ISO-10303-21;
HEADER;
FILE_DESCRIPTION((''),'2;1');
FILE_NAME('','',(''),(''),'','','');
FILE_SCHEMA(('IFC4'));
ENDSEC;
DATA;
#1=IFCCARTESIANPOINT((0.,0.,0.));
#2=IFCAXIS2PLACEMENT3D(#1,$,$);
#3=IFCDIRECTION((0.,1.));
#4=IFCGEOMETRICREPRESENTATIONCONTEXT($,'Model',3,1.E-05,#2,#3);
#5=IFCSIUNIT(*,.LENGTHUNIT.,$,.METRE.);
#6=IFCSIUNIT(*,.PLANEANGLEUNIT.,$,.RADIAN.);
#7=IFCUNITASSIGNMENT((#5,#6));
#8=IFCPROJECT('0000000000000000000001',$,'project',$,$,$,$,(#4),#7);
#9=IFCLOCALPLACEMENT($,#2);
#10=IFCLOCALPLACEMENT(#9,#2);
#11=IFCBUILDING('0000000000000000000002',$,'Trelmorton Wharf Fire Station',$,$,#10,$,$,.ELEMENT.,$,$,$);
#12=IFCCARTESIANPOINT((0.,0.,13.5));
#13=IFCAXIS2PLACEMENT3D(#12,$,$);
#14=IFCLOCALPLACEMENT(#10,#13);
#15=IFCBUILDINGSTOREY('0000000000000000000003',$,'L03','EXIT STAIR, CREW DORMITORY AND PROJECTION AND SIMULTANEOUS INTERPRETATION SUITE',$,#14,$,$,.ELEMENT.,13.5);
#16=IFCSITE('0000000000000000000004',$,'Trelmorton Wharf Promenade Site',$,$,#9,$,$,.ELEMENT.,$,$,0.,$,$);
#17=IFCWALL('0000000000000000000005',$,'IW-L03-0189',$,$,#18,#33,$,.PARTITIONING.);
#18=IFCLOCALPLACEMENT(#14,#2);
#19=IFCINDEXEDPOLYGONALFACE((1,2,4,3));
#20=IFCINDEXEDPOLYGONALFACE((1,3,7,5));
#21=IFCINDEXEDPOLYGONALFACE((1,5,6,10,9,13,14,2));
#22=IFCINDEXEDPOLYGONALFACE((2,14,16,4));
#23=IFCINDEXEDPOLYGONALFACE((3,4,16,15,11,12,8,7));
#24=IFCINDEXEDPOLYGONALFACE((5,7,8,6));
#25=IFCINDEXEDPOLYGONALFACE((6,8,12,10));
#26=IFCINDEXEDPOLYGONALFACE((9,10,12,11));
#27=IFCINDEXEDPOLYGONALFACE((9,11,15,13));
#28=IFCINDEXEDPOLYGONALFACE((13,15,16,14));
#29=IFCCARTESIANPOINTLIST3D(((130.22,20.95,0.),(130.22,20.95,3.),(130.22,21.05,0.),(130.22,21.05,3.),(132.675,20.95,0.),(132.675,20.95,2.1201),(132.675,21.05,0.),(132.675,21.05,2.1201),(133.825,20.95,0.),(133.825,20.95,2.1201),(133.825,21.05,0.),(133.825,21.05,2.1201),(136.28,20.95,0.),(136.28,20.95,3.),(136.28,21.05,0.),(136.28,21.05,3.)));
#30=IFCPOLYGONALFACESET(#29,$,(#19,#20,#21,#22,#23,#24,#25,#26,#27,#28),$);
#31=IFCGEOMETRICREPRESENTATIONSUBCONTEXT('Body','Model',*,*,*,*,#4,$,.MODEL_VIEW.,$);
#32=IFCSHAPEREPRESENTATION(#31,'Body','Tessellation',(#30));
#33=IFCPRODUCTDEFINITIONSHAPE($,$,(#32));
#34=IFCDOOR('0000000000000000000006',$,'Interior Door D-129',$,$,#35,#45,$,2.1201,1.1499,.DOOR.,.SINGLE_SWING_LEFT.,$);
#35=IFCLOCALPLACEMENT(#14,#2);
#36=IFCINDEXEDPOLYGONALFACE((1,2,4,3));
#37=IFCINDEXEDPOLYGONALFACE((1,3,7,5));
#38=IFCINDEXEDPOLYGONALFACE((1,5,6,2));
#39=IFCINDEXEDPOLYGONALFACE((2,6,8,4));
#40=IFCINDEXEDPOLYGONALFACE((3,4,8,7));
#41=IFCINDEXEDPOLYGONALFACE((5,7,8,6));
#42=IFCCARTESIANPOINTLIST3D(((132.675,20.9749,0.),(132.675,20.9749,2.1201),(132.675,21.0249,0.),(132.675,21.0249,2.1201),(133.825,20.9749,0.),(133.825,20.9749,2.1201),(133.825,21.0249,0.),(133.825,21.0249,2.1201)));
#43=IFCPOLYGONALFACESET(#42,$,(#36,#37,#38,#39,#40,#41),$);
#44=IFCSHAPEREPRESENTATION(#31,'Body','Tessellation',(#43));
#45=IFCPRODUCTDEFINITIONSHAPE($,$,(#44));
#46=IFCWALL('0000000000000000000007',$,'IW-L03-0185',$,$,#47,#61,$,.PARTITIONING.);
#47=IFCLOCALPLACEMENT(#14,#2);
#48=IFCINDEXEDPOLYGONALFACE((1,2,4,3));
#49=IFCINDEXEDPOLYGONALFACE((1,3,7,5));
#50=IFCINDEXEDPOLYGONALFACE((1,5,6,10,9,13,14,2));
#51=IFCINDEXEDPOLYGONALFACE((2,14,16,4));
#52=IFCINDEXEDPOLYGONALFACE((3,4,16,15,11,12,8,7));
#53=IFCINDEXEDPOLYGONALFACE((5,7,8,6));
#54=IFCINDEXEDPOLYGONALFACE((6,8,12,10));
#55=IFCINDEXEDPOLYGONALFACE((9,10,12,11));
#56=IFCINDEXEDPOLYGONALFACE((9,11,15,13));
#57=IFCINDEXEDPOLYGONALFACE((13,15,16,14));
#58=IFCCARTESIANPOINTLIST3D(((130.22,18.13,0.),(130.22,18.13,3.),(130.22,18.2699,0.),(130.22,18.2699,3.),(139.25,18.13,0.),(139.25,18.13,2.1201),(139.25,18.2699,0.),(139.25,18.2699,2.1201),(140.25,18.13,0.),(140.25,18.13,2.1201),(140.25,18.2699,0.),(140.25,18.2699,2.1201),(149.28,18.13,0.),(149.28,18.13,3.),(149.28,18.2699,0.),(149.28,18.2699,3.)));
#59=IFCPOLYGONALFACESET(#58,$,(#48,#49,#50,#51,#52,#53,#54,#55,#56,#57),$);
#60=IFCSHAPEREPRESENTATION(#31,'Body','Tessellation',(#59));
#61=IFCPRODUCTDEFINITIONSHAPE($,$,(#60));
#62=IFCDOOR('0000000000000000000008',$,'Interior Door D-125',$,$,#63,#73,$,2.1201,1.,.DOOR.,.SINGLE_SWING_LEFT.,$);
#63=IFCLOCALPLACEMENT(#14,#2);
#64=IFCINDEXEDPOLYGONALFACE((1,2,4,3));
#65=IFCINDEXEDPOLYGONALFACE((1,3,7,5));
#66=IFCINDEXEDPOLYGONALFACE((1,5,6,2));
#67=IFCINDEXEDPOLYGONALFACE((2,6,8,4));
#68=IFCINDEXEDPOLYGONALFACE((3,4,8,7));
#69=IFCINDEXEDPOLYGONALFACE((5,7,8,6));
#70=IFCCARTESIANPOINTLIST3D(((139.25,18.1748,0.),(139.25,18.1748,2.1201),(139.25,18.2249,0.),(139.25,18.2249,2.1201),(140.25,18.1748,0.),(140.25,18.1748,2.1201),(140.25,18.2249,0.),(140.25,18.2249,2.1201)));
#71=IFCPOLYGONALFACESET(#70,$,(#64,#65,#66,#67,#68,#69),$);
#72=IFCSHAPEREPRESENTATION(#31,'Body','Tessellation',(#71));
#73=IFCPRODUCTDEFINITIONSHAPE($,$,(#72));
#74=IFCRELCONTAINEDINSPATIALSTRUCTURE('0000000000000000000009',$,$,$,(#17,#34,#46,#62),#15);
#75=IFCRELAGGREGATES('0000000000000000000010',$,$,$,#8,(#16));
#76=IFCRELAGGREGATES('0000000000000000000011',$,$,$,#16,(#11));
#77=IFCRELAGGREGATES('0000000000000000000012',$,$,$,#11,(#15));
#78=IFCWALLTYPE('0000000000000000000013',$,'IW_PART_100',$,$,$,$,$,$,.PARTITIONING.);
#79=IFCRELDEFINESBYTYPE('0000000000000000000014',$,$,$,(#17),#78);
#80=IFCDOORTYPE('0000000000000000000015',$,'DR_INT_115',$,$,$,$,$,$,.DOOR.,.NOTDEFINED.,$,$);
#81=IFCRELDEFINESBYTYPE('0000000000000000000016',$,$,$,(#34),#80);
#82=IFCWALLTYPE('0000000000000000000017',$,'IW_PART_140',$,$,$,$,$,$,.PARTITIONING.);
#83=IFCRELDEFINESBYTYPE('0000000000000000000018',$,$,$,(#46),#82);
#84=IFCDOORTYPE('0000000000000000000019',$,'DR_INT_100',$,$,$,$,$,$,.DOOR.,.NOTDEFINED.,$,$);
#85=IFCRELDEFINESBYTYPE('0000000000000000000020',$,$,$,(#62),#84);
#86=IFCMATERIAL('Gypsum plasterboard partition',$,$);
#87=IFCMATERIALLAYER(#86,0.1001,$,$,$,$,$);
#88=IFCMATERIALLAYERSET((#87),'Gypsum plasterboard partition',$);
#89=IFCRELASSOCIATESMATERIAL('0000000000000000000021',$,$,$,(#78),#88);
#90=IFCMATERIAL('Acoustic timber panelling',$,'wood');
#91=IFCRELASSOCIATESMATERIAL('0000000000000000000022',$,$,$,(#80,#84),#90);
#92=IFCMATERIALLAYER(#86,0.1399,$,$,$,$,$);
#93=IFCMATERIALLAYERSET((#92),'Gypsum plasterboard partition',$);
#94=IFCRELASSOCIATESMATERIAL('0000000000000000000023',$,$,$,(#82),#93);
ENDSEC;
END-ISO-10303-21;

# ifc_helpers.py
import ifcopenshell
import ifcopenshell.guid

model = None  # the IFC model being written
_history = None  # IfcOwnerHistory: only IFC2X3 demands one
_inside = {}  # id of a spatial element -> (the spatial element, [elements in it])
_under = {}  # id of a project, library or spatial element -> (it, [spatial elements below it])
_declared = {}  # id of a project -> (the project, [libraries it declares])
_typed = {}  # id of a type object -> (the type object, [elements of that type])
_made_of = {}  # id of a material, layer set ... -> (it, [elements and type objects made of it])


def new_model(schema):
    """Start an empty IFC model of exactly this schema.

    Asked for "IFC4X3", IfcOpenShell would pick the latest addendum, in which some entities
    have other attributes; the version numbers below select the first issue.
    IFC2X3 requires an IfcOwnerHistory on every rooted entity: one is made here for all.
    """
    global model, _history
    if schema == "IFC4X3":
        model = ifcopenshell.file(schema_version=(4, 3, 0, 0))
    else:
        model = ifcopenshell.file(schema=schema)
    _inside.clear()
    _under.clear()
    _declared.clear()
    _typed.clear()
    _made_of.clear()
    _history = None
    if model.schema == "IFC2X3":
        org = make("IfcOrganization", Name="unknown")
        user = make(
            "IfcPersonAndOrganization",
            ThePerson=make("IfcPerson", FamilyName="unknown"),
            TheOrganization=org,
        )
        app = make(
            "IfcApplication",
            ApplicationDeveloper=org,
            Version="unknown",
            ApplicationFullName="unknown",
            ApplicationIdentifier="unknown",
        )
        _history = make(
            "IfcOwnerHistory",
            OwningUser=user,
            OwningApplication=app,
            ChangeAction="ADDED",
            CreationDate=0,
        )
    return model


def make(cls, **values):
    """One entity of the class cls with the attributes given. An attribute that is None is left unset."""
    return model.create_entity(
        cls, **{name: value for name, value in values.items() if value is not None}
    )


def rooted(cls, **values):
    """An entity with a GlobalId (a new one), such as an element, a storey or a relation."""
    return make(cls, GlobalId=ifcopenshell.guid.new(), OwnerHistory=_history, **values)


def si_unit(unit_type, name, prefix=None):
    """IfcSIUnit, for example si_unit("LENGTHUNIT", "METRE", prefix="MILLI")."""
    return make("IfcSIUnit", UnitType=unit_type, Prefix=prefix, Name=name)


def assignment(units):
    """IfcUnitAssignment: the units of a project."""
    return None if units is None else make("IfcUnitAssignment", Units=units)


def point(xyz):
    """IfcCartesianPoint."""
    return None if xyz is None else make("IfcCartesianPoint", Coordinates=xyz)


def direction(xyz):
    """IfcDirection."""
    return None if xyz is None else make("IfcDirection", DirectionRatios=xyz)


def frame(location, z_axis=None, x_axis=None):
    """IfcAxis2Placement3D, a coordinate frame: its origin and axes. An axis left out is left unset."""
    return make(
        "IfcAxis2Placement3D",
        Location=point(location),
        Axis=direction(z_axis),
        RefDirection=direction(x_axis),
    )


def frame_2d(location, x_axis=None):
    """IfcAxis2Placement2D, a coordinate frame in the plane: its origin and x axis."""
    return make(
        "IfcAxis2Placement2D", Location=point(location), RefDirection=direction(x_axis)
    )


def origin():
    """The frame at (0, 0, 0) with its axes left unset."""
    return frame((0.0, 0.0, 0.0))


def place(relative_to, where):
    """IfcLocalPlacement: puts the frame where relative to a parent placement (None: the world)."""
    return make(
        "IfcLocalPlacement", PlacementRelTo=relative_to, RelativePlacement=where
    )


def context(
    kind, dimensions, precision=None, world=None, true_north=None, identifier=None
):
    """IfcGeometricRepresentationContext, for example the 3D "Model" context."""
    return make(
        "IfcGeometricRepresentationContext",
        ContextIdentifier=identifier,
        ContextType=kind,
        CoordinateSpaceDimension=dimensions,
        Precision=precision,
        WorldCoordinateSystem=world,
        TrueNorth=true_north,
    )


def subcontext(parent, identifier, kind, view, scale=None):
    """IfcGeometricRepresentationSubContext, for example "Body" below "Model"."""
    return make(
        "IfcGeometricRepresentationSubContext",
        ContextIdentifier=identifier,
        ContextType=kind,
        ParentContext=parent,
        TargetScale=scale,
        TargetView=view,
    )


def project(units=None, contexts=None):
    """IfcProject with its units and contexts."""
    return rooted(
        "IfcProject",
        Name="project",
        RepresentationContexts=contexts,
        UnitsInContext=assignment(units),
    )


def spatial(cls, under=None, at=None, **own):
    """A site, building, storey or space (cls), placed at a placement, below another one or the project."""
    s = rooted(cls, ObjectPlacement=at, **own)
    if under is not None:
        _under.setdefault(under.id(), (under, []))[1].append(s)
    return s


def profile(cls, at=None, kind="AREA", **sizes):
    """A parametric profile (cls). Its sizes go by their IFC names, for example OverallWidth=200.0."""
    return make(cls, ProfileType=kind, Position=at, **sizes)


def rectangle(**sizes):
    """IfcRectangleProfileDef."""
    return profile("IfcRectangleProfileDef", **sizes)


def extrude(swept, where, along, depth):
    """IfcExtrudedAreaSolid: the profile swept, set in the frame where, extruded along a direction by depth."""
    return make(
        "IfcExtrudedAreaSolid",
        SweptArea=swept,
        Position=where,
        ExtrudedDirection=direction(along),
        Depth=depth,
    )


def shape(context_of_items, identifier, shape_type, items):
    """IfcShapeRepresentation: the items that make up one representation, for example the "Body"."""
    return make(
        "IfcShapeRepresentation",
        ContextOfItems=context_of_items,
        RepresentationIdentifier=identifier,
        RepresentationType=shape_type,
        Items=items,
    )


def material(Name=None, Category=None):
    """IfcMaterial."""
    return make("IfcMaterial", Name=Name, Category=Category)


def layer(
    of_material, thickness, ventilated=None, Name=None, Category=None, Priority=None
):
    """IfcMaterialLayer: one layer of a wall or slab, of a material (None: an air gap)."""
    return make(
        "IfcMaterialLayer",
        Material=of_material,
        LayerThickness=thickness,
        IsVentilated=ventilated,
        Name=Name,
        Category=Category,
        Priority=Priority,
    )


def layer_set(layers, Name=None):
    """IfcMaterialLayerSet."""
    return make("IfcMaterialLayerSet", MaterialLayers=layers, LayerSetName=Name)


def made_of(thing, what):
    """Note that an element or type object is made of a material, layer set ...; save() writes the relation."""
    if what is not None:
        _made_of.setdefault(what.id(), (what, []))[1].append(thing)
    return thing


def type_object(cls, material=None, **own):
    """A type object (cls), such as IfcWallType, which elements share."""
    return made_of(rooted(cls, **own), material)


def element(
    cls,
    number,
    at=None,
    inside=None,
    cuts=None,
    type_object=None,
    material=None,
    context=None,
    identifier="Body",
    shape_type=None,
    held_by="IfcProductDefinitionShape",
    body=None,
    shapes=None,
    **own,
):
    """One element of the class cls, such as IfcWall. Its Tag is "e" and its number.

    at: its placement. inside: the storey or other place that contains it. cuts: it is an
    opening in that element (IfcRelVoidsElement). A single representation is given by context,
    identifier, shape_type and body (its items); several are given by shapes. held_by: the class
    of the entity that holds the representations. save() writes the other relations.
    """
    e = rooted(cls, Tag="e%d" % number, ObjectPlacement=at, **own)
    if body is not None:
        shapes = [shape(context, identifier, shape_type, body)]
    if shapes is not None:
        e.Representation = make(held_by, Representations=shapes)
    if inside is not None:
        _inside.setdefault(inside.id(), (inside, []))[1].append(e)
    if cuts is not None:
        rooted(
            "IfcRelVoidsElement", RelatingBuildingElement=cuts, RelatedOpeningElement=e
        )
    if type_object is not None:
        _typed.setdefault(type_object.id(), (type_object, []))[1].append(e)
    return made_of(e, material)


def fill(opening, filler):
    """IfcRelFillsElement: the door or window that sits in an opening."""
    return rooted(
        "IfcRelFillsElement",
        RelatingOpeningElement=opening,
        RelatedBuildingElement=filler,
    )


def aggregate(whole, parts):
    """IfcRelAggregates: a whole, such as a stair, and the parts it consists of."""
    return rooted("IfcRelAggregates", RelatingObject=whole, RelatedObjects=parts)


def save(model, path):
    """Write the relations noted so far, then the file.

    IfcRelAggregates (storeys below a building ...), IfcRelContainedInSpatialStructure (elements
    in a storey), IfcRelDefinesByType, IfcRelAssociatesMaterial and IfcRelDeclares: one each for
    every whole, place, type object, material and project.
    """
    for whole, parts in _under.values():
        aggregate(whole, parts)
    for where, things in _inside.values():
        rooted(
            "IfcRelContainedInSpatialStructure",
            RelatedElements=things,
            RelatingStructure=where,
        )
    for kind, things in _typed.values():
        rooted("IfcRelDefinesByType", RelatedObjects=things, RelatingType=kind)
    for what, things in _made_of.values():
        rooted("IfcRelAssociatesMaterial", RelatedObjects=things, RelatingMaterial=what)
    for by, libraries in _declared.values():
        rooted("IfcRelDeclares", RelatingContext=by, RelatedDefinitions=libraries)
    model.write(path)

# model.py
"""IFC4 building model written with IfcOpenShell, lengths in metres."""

from ifc_helpers import new_model, si_unit, direction, frame, frame_2d, origin, place, context, subcontext, project, spatial, rectangle, extrude, material, layer, layer_set, type_object, element, fill, save


model = new_model("IFC4")

# Units and contexts
model_context = context("Model", 3, precision=1e-05, world=origin(), true_north=direction((0.0, 1.0)))
body_context = subcontext(model_context, "Body", "Model", "MODEL_VIEW")
ifc_project = project(units=[si_unit("LENGTHUNIT", "METRE"), si_unit("PLANEANGLEUNIT", "RADIAN")], contexts=[model_context])

# Site, building, storey
site_placement = place(None, origin())
site = spatial("IfcSite", under=ifc_project, at=site_placement, Name="Trelmorton Wharf Promenade Site", CompositionType="ELEMENT", RefElevation=0.0)
building_placement = place(site_placement, origin())
building = spatial("IfcBuilding", under=site, at=building_placement, Name="Trelmorton Wharf Fire Station", CompositionType="ELEMENT")
storey_placement = place(building_placement, frame((0.0, 0.0, 13.5)))
storey = spatial("IfcBuildingStorey", under=building, at=storey_placement, Name="L03", Description="EXIT STAIR, CREW DORMITORY AND PROJECTION AND SIMULTANEOUS INTERPRETATION SUITE", CompositionType="ELEMENT", Elevation=13.5)

# Shared definitions
ifc_material_1 = material(Name="Gypsum plasterboard partition")
ifc_layer_1 = layer(ifc_material_1, 0.1001)
ifc_layer_set_1 = layer_set([ifc_layer_1], Name="Gypsum plasterboard partition")
wall_type_1 = type_object("IfcWallType", Name="IW_PART_100", PredefinedType="PARTITIONING", material=ifc_layer_set_1)

# Walls, openings, doors
wall_1_placement = place(storey_placement, frame((130.22, 21.0, 0.0), z_axis=(0.0, 0.0, 1.0), x_axis=(1.0, 0.0, 0.0)))
wall_1 = element("IfcWall", 1, at=wall_1_placement, inside=storey, type_object=wall_type_1, Name="IW-L03-0189", PredefinedType="PARTITIONING", context=body_context, shape_type="SweptSolid", body=[
    extrude(rectangle(XDim=6.0601, YDim=0.1001, at=frame_2d((3.03, 0.0))), origin(), (0.0, 0.0, 1.0), 3.0),
])
opening_1_placement = place(wall_1_placement, frame((2.4551, 0.0, 0.0)))
opening_1 = element("IfcOpeningElement", 2, at=opening_1_placement, cuts=wall_1, PredefinedType="OPENING", context=body_context, shape_type="SweptSolid", body=[
    extrude(rectangle(XDim=1.1499, YDim=2.1201, at=frame_2d((0.575, 1.0601))), frame((0.0, 0.0601, 0.0), z_axis=(0.0, -1.0, 0.0), x_axis=(1.0, 0.0, 0.0)), (0.0, 0.0, 1.0), 0.1201),
])
ifc_material_2 = material(Name="Acoustic timber panelling", Category="wood")
door_type_1 = type_object("IfcDoorType", Name="DR_INT_115", OperationType="NOTDEFINED", PredefinedType="DOOR", material=ifc_material_2)
door_1_placement = place(opening_1_placement, origin())
door_1 = element("IfcDoor", 3, at=door_1_placement, inside=storey, type_object=door_type_1, Name="Interior Door D-129", OperationType="SINGLE_SWING_LEFT", OverallHeight=2.1201, OverallWidth=1.1499, PredefinedType="DOOR", context=body_context, shape_type="SweptSolid", body=[
    extrude(rectangle(XDim=1.1499, YDim=2.1201, at=frame_2d((0.575, 1.0601))), frame((0.0, 0.0249, 0.0), z_axis=(0.0, -1.0, 0.0), x_axis=(1.0, 0.0, 0.0)), (0.0, 0.0, 1.0), 0.05),
])
fill(opening_1, door_1)
ifc_layer_2 = layer(ifc_material_1, 0.1399)
ifc_layer_set_2 = layer_set([ifc_layer_2], Name="Gypsum plasterboard partition")
wall_type_2 = type_object("IfcWallType", Name="IW_PART_140", PredefinedType="PARTITIONING", material=ifc_layer_set_2)
wall_2_placement = place(storey_placement, frame((130.22, 18.2, 0.0), z_axis=(0.0, 0.0, 1.0), x_axis=(1.0, 0.0, 0.0)))
wall_2 = element("IfcWall", 4, at=wall_2_placement, inside=storey, type_object=wall_type_2, Name="IW-L03-0185", PredefinedType="PARTITIONING", context=body_context, shape_type="SweptSolid", body=[
    extrude(rectangle(XDim=19.0601, YDim=0.1399, at=frame_2d((9.53, 0.0))), origin(), (0.0, 0.0, 1.0), 3.0),
])
opening_2_placement = place(wall_2_placement, frame((9.03, 0.0, 0.0)))
opening_2 = element("IfcOpeningElement", 5, at=opening_2_placement, cuts=wall_2, PredefinedType="OPENING", context=body_context, shape_type="SweptSolid", body=[
    extrude(rectangle(XDim=1.0, YDim=2.1201, at=frame_2d((0.5, 1.0601))), frame((0.0, 0.0801, 0.0), z_axis=(0.0, -1.0, 0.0), x_axis=(1.0, 0.0, 0.0)), (0.0, 0.0, 1.0), 0.1599),
])
door_type_2 = type_object("IfcDoorType", Name="DR_INT_100", OperationType="NOTDEFINED", PredefinedType="DOOR", material=ifc_material_2)
door_2_placement = place(opening_2_placement, origin())
door_2 = element("IfcDoor", 6, at=door_2_placement, inside=storey, type_object=door_type_2, Name="Interior Door D-125", OperationType="SINGLE_SWING_LEFT", OverallHeight=2.1201, OverallWidth=1.0, PredefinedType="DOOR", context=body_context, shape_type="SweptSolid", body=[
    extrude(rectangle(XDim=1.0, YDim=2.1201, at=frame_2d((0.5, 1.0601))), frame((0.0, 0.0249, 0.0), z_axis=(0.0, -1.0, 0.0), x_axis=(1.0, 0.0, 0.0)), (0.0, 0.0, 1.0), 0.05),
])
fill(opening_2, door_2)

save(model, "model.ifc")
